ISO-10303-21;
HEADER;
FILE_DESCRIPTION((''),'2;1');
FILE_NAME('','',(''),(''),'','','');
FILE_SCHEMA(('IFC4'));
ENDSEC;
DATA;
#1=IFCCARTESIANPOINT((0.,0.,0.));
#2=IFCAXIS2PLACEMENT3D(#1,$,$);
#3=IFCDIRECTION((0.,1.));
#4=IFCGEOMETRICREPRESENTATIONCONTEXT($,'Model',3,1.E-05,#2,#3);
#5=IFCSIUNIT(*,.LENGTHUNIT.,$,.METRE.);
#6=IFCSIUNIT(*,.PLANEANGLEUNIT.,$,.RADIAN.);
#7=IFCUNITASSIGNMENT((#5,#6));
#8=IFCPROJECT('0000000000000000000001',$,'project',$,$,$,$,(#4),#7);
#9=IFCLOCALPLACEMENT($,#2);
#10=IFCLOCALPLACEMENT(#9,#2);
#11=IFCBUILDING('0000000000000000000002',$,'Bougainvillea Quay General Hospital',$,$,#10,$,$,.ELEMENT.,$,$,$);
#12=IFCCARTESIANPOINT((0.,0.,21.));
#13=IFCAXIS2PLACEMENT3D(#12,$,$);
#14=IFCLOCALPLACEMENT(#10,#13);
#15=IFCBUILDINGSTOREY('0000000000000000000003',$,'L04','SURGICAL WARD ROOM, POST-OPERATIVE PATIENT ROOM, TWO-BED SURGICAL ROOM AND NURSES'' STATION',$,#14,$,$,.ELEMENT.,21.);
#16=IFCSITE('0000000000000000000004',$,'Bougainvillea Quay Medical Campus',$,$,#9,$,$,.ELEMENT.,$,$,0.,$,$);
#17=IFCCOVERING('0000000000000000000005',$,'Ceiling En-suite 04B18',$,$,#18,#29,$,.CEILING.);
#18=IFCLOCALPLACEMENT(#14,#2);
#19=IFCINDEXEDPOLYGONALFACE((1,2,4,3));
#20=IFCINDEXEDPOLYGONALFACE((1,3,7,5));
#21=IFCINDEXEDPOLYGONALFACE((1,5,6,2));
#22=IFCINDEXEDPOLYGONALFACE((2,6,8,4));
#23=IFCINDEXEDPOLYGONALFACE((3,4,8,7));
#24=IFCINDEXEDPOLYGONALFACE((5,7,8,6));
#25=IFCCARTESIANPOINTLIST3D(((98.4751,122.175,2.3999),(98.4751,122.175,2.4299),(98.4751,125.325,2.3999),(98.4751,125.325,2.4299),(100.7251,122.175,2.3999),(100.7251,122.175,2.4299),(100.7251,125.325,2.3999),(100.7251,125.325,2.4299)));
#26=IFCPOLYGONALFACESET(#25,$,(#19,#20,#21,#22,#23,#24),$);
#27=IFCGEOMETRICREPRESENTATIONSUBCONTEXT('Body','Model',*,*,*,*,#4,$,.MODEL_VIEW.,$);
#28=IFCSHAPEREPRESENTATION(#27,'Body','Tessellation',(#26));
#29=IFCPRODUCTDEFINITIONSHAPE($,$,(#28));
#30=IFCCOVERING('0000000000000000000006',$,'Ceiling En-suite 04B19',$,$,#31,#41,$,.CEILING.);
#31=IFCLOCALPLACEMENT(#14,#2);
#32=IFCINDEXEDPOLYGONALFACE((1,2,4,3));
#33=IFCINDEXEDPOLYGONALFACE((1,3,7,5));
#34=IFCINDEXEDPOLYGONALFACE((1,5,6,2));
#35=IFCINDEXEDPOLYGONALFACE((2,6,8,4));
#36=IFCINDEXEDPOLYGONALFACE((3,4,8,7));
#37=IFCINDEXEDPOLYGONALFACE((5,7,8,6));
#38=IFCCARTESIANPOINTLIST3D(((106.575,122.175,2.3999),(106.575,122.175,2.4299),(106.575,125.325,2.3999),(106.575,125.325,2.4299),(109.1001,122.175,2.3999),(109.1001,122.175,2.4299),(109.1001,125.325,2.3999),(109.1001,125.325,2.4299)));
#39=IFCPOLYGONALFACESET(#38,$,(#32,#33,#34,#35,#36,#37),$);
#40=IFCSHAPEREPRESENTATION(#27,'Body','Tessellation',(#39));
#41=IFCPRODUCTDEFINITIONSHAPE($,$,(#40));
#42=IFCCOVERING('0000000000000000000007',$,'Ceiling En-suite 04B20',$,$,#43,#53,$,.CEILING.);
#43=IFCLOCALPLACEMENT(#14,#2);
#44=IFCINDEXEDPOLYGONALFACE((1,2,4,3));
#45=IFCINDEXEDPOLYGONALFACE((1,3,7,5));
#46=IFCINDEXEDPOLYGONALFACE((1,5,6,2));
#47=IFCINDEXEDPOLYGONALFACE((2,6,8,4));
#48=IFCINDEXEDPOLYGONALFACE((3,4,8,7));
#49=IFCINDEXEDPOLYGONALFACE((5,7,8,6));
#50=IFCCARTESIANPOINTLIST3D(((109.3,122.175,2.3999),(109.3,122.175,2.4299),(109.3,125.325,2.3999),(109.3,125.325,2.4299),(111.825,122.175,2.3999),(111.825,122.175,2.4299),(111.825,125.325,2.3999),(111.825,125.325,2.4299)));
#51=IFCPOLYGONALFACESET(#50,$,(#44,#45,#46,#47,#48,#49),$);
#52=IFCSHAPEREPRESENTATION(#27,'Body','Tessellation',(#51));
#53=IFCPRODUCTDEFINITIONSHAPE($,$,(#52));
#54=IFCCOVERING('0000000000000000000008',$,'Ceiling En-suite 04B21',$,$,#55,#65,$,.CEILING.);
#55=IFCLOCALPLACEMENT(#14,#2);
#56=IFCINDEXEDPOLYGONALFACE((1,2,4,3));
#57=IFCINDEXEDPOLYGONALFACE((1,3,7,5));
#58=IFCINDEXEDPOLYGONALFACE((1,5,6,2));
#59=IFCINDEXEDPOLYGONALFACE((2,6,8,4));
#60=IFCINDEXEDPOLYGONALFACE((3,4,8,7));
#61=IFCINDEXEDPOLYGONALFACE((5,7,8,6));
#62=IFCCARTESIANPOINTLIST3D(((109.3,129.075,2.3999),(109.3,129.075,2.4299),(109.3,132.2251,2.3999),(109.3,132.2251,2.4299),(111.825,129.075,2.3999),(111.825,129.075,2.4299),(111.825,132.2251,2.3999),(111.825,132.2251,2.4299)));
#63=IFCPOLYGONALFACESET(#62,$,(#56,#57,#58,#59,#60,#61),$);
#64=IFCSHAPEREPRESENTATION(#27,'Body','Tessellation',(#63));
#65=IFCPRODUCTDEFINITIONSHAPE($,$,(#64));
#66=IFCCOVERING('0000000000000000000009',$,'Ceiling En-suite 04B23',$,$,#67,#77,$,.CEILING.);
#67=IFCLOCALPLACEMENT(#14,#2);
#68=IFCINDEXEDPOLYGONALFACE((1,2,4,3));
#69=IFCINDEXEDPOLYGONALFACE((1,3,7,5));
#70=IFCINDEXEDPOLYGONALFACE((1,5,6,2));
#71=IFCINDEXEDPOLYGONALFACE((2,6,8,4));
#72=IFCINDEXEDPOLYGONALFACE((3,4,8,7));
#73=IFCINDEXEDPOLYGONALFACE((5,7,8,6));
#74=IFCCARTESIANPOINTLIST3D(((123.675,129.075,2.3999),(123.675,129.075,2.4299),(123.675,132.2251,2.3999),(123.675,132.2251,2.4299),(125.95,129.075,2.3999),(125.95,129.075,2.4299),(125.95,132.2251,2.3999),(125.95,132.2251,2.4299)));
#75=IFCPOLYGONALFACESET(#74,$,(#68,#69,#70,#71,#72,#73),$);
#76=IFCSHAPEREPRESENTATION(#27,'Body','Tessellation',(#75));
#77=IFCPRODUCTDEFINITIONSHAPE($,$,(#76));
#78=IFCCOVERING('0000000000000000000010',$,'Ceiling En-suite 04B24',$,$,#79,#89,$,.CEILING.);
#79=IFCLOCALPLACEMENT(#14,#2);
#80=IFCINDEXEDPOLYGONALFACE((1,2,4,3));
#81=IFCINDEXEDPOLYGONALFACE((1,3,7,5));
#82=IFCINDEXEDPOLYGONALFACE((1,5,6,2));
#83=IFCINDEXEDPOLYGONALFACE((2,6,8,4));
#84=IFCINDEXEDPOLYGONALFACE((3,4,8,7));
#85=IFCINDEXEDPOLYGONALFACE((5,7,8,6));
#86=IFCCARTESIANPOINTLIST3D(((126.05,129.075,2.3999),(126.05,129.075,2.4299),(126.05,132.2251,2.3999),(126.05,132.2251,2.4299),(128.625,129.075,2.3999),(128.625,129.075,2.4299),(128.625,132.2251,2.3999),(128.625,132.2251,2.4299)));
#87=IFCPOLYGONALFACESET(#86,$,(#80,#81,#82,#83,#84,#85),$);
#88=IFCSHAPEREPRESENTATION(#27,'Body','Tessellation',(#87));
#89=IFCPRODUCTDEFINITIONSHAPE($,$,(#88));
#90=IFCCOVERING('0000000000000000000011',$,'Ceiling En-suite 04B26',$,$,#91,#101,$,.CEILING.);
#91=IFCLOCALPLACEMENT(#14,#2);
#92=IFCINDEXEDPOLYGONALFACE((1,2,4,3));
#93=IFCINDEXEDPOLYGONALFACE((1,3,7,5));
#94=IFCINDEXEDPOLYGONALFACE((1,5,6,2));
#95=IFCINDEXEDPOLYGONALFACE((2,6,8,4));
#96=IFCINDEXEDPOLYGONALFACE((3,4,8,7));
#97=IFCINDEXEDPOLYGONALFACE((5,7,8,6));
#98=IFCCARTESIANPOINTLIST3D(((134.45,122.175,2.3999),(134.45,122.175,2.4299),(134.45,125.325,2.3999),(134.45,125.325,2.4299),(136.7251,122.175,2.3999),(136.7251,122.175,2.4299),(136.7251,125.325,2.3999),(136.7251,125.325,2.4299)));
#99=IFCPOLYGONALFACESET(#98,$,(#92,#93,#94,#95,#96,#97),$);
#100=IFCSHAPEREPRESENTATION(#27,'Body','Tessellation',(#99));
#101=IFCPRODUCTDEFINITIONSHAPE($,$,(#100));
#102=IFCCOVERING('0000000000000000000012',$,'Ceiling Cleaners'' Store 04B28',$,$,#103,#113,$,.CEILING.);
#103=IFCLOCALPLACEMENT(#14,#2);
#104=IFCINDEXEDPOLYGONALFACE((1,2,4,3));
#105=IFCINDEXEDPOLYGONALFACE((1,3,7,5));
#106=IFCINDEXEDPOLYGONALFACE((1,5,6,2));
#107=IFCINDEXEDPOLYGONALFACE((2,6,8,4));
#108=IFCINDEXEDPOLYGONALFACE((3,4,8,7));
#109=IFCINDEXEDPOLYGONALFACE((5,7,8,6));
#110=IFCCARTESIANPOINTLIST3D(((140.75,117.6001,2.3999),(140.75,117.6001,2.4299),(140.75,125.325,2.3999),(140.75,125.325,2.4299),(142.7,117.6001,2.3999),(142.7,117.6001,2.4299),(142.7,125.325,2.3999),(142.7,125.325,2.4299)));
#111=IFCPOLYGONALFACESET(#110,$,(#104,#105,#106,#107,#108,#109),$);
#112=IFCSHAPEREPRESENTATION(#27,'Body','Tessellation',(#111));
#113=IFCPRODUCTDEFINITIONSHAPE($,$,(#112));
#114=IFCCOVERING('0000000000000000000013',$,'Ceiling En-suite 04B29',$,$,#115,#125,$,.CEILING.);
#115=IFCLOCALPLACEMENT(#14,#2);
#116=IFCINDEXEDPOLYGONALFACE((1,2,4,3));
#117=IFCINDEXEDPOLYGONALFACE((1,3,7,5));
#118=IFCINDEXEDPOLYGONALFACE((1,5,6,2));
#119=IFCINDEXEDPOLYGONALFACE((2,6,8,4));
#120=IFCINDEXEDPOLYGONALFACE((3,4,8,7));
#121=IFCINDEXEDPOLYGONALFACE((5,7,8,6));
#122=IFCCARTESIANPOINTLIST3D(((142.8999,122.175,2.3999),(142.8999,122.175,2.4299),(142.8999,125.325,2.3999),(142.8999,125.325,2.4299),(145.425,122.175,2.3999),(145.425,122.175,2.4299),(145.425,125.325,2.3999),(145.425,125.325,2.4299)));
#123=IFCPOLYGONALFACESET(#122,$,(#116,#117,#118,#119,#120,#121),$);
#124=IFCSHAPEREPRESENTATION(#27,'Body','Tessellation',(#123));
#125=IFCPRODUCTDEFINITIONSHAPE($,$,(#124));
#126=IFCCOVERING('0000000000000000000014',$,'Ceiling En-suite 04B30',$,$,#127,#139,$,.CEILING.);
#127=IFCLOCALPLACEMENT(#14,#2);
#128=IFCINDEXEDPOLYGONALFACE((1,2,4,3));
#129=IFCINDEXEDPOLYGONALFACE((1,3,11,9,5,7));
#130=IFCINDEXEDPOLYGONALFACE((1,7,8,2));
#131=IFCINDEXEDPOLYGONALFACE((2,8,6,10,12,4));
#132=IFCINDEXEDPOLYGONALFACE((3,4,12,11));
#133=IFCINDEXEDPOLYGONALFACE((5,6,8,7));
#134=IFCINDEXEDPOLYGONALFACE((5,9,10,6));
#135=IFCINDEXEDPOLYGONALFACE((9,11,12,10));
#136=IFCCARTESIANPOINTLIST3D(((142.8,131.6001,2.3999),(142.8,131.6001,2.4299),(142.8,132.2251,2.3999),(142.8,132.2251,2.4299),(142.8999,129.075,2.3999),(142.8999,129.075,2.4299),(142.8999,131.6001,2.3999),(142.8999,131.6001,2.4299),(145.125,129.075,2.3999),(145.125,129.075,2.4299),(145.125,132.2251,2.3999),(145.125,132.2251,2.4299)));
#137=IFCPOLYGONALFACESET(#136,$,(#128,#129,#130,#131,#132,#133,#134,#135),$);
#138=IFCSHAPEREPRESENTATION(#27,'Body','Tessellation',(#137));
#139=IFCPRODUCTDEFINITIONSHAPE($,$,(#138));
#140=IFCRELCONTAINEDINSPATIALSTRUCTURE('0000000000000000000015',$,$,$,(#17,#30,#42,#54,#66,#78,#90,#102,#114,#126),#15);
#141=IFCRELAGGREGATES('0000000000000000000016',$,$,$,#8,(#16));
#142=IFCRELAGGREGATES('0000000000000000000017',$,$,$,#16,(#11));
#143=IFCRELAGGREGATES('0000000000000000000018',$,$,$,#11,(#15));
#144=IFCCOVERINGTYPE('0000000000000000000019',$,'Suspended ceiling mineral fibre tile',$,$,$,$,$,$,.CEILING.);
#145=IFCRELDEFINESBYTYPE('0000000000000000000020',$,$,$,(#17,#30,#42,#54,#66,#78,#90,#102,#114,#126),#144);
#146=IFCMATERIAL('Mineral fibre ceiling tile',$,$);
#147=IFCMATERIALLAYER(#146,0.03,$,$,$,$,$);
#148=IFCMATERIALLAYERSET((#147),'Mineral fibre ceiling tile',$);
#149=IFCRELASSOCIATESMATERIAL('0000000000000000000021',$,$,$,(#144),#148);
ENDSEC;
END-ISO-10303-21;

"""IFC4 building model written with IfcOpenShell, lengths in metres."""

from ifc_helpers import new_model, si_unit, direction, frame, origin, place, context, subcontext, project, spatial, polyline, outline, extrude, material, layer, layer_set, type_object, element, save


model = new_model("IFC4")

# Units and contexts
model_context = context("Model", 3, precision=1e-05, world=origin(), true_north=direction((0.0, 1.0)))
body_context = subcontext(model_context, "Body", "Model", "MODEL_VIEW")
ifc_project = project(units=[si_unit("LENGTHUNIT", "METRE"), si_unit("PLANEANGLEUNIT", "RADIAN")], contexts=[model_context])

# Site, building, storey
site_placement = place(None, origin())
site = spatial("IfcSite", under=ifc_project, at=site_placement, Name="Bougainvillea Quay Medical Campus", CompositionType="ELEMENT", RefElevation=0.0)
building_placement = place(site_placement, origin())
building = spatial("IfcBuilding", under=site, at=building_placement, Name="Bougainvillea Quay General Hospital", CompositionType="ELEMENT")
storey_placement = place(building_placement, frame((0.0, 0.0, 21.0)))
storey = spatial("IfcBuildingStorey", under=building, at=storey_placement, Name="L04", Description="SURGICAL WARD ROOM, POST-OPERATIVE PATIENT ROOM, TWO-BED SURGICAL ROOM AND NURSES' STATION", CompositionType="ELEMENT", Elevation=21.0)

# Coverings
ifc_material = material(Name="Mineral fibre ceiling tile")
ifc_layer = layer(ifc_material, 0.03)
ifc_layer_set = layer_set([ifc_layer], Name="Mineral fibre ceiling tile")
covering_type = type_object("IfcCoveringType", Name="Suspended ceiling mineral fibre tile", PredefinedType="CEILING", material=ifc_layer_set)
covering_1_placement = place(storey_placement, frame((0.0, 0.0, 2.3999)))
element("IfcCovering", 1, at=covering_1_placement, inside=storey, type_object=covering_type, Name="Ceiling En-suite 04B18", PredefinedType="CEILING", context=body_context, shape_type="SweptSolid", body=[
    extrude(outline(polyline([(100.7251, 125.325), (98.4751, 125.325), (98.4751, 122.175), (100.7251, 122.175), (100.7251, 125.325)])), origin(), (0.0, 0.0, 1.0), 0.03),
])
covering_2_placement = place(storey_placement, frame((0.0, 0.0, 2.3999)))
element("IfcCovering", 2, at=covering_2_placement, inside=storey, type_object=covering_type, Name="Ceiling En-suite 04B19", PredefinedType="CEILING", context=body_context, shape_type="SweptSolid", body=[
    extrude(outline(polyline([(109.1001, 125.325), (106.575, 125.325), (106.575, 122.175), (109.1001, 122.175), (109.1001, 125.325)])), origin(), (0.0, 0.0, 1.0), 0.03),
])
covering_3_placement = place(storey_placement, frame((0.0, 0.0, 2.3999)))
element("IfcCovering", 3, at=covering_3_placement, inside=storey, type_object=covering_type, Name="Ceiling En-suite 04B20", PredefinedType="CEILING", context=body_context, shape_type="SweptSolid", body=[
    extrude(outline(polyline([(109.3, 125.325), (109.3, 122.175), (111.825, 122.175), (111.825, 125.325), (109.3, 125.325)])), origin(), (0.0, 0.0, 1.0), 0.03),
])
covering_4_placement = place(storey_placement, frame((0.0, 0.0, 2.3999)))
element("IfcCovering", 4, at=covering_4_placement, inside=storey, type_object=covering_type, Name="Ceiling En-suite 04B21", PredefinedType="CEILING", context=body_context, shape_type="SweptSolid", body=[
    extrude(outline(polyline([(109.3, 132.2251), (109.3, 129.075), (111.825, 129.075), (111.825, 132.2251), (109.3, 132.2251)])), origin(), (0.0, 0.0, 1.0), 0.03),
])
covering_5_placement = place(storey_placement, frame((0.0, 0.0, 2.3999)))
element("IfcCovering", 5, at=covering_5_placement, inside=storey, type_object=covering_type, Name="Ceiling En-suite 04B23", PredefinedType="CEILING", context=body_context, shape_type="SweptSolid", body=[
    extrude(outline(polyline([(125.95, 129.075), (125.95, 132.2251), (123.675, 132.2251), (123.675, 129.075), (125.95, 129.075)])), origin(), (0.0, 0.0, 1.0), 0.03),
])
covering_6_placement = place(storey_placement, frame((0.0, 0.0, 2.3999)))
element("IfcCovering", 6, at=covering_6_placement, inside=storey, type_object=covering_type, Name="Ceiling En-suite 04B24", PredefinedType="CEILING", context=body_context, shape_type="SweptSolid", body=[
    extrude(outline(polyline([(128.625, 132.2251), (126.05, 132.2251), (126.05, 129.075), (128.625, 129.075), (128.625, 132.2251)])), origin(), (0.0, 0.0, 1.0), 0.03),
])
covering_7_placement = place(storey_placement, frame((0.0, 0.0, 2.3999)))
element("IfcCovering", 7, at=covering_7_placement, inside=storey, type_object=covering_type, Name="Ceiling En-suite 04B26", PredefinedType="CEILING", context=body_context, shape_type="SweptSolid", body=[
    extrude(outline(polyline([(136.7251, 122.175), (136.7251, 125.325), (134.45, 125.325), (134.45, 122.175), (136.7251, 122.175)])), origin(), (0.0, 0.0, 1.0), 0.03),
])
covering_8_placement = place(storey_placement, frame((0.0, 0.0, 2.3999)))
element("IfcCovering", 8, at=covering_8_placement, inside=storey, type_object=covering_type, Name="Ceiling Cleaners' Store 04B28", PredefinedType="CEILING", context=body_context, shape_type="SweptSolid", body=[
    extrude(outline(polyline([(142.7, 117.6001), (142.7, 125.325), (140.75, 125.325), (140.75, 117.6001), (142.7, 117.6001)])), origin(), (0.0, 0.0, 1.0), 0.03),
])
covering_9_placement = place(storey_placement, frame((0.0, 0.0, 2.3999)))
element("IfcCovering", 9, at=covering_9_placement, inside=storey, type_object=covering_type, Name="Ceiling En-suite 04B29", PredefinedType="CEILING", context=body_context, shape_type="SweptSolid", body=[
    extrude(outline(polyline([(142.8999, 122.175), (145.425, 122.175), (145.425, 125.325), (142.8999, 125.325), (142.8999, 122.175)])), origin(), (0.0, 0.0, 1.0), 0.03),
])
covering_10_placement = place(storey_placement, frame((0.0, 0.0, 2.3999)))
element("IfcCovering", 10, at=covering_10_placement, inside=storey, type_object=covering_type, Name="Ceiling En-suite 04B30", PredefinedType="CEILING", context=body_context, shape_type="SweptSolid", body=[
    extrude(outline(polyline([(142.8, 131.6001), (142.8999, 131.6001), (142.8999, 129.075), (145.125, 129.075), (145.125, 132.2251), (142.8, 132.2251), (142.8, 131.6001)])), origin(), (0.0, 0.0, 1.0), 0.03),
])

save(model, "model.ifc")
